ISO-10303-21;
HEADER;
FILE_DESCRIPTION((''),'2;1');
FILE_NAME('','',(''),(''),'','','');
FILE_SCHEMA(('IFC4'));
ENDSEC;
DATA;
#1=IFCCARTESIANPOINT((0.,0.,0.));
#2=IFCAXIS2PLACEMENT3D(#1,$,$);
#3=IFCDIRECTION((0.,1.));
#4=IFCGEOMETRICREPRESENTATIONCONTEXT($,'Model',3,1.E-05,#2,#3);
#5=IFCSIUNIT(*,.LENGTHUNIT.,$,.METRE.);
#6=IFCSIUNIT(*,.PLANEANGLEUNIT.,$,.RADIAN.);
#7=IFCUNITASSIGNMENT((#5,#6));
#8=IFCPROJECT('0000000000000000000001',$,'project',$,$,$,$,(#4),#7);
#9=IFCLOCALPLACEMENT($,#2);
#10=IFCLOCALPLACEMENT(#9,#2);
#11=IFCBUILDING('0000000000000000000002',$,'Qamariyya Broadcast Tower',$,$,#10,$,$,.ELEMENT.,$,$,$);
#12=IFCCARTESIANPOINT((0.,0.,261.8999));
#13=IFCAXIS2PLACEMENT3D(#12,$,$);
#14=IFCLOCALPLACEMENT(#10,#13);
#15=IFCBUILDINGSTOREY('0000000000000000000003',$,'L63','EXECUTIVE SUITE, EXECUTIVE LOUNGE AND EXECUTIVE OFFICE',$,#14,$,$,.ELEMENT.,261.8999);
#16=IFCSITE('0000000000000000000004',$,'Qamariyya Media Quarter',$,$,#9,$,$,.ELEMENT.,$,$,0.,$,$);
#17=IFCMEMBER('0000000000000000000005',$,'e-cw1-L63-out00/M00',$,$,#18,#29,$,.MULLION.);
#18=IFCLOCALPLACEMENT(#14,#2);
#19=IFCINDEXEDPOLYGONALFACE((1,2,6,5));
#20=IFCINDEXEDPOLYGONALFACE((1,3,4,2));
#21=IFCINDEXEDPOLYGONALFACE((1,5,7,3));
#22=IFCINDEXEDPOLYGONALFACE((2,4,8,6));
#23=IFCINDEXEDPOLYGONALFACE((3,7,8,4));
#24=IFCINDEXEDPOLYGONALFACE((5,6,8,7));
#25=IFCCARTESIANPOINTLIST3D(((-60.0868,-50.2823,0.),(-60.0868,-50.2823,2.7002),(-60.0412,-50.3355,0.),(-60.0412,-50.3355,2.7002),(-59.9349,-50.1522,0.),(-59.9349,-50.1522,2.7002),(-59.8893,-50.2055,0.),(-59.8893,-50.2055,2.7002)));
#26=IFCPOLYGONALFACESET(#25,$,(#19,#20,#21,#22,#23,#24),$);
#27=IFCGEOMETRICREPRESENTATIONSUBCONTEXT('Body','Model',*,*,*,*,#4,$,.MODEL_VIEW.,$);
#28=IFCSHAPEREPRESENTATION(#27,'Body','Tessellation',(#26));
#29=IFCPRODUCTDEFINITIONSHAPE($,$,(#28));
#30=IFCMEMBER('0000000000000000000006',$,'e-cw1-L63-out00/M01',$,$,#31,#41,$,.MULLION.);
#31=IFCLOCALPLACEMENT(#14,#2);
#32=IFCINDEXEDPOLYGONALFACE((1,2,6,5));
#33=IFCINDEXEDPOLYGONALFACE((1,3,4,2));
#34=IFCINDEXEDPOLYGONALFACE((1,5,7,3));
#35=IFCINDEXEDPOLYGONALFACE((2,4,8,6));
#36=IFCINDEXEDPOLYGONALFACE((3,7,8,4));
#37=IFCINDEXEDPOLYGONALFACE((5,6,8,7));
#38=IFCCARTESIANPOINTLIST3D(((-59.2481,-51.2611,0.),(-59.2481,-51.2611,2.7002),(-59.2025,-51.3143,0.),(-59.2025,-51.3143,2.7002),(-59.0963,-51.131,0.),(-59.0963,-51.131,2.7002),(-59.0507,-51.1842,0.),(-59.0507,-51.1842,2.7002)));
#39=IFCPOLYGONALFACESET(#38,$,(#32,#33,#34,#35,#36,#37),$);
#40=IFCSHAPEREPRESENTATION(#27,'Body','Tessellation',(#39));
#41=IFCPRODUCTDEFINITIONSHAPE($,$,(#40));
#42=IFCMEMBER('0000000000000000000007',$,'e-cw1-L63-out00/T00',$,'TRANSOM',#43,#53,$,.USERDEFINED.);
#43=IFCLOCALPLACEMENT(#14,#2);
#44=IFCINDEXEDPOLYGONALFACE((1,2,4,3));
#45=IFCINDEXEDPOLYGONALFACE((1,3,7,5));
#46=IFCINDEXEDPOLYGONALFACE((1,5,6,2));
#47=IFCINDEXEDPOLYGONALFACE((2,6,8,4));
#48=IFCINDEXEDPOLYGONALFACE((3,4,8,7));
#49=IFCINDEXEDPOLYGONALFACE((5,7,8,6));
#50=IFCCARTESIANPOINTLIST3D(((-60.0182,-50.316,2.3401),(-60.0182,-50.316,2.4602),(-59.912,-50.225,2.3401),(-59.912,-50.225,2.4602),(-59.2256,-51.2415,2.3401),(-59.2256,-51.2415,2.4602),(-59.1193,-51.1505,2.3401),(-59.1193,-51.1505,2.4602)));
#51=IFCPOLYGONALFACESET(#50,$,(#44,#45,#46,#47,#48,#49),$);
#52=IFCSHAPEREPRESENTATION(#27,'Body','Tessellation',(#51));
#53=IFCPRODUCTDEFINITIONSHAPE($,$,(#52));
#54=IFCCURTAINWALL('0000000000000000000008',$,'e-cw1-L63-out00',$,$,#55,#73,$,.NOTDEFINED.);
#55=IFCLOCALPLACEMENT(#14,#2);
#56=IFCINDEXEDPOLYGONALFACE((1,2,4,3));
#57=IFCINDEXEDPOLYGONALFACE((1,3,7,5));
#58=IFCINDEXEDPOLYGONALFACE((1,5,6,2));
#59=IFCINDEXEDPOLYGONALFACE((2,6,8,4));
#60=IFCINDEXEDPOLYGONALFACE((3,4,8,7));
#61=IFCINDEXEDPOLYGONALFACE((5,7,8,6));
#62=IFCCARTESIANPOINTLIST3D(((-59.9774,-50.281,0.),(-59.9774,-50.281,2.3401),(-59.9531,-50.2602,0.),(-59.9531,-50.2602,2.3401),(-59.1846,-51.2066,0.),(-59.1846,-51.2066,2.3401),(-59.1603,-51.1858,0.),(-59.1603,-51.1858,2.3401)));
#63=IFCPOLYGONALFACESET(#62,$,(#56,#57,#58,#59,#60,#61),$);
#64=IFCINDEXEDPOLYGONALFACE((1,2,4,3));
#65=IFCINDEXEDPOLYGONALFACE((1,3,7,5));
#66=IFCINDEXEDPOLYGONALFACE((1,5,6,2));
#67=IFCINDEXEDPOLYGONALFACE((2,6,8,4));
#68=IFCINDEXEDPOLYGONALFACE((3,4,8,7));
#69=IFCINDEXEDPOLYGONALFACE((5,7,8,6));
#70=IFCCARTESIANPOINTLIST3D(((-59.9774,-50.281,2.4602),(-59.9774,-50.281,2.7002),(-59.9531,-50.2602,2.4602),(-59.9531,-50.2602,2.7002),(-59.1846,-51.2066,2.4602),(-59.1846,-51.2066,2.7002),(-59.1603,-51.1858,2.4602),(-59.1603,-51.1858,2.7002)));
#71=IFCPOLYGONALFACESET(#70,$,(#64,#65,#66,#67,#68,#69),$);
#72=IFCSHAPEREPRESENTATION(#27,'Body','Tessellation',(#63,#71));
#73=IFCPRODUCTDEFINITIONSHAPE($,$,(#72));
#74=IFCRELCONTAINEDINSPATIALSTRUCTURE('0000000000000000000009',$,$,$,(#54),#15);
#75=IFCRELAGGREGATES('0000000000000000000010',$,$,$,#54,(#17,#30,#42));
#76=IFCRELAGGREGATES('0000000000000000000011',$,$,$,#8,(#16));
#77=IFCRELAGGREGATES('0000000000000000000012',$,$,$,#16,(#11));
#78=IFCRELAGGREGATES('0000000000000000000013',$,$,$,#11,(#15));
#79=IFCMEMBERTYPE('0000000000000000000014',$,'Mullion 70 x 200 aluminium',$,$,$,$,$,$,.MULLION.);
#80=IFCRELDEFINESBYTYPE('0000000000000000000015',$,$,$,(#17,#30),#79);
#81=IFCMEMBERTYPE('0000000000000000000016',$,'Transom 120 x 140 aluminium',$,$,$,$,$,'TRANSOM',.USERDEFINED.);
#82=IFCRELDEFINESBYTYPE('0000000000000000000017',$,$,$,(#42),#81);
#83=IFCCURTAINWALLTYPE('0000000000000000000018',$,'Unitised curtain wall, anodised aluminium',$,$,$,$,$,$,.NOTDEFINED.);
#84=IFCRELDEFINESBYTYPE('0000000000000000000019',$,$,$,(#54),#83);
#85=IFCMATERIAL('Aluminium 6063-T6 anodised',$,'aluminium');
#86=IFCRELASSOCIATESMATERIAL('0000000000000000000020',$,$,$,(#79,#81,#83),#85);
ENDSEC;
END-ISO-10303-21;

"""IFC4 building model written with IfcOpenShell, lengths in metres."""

from ifc_helpers import new_model, si_unit, direction, frame, origin, origin_2d, place, context, subcontext, project, spatial, rectangle, extrude, material, material_profile, profile_set, type_object, element, aggregate, save


model = new_model("IFC4")

# Units and contexts
model_context = context("Model", 3, precision=1e-05, world=origin(), true_north=direction((0.0, 1.0)))
body_context = subcontext(model_context, "Body", "Model", "MODEL_VIEW")
ifc_project = project(units=[si_unit("LENGTHUNIT", "METRE"), si_unit("PLANEANGLEUNIT", "RADIAN")], contexts=[model_context])

# Members
ifc_material = material(Name="Aluminium 6063-T6 anodised", Category="aluminium")
ifc_material_profile_1 = material_profile(ifc_material, rectangle(XDim=0.2, YDim=0.0701, at=origin_2d()))
ifc_profile_set_1 = profile_set([ifc_material_profile_1], Name="Aluminium 6063-T6 anodised")
member_type_1 = type_object("IfcMemberType", Name="Mullion 70 x 200 aluminium", PredefinedType="MULLION", material=ifc_profile_set_1)
site_placement = place(None, origin())
building_placement = place(site_placement, origin())
storey_placement = place(building_placement, frame((0.0, 0.0, 261.8999)))
member_1_placement = place(storey_placement, frame((-59.988, -50.2439, 0.0), z_axis=(0.0, 0.0, 1.0), x_axis=(0.759421, 0.650599, 0.0)))
member_1 = element("IfcMember", 1, at=member_1_placement, type_object=member_type_1, Name="e-cw1-L63-out00/M00", PredefinedType="MULLION", context=body_context, shape_type="SweptSolid", body=[
    extrude(rectangle(XDim=0.2, YDim=0.0701, at=origin_2d()), origin(), (0.0, 0.0, 1.0), 2.7002),
])
member_2_placement = place(storey_placement, frame((-59.1494, -51.2227, 0.0), z_axis=(0.0, 0.0, 1.0), x_axis=(0.759421, 0.650599, 0.0)))
member_2 = element("IfcMember", 2, at=member_2_placement, type_object=member_type_1, Name="e-cw1-L63-out00/M01", PredefinedType="MULLION", context=body_context, shape_type="SweptSolid", body=[
    extrude(rectangle(XDim=0.2, YDim=0.0701, at=origin_2d()), origin(), (0.0, 0.0, 1.0), 2.7002),
])
ifc_material_profile_2 = material_profile(ifc_material, rectangle(XDim=0.1399, YDim=0.1201, at=origin_2d()))
ifc_profile_set_2 = profile_set([ifc_material_profile_2], Name="Aluminium 6063-T6 anodised")
member_type_2 = type_object("IfcMemberType", Name="Transom 120 x 140 aluminium", ElementType="TRANSOM", PredefinedType="USERDEFINED", material=ifc_profile_set_2)
member_3_placement = place(storey_placement, frame((-59.9651, -50.2705, 2.4001), z_axis=(0.650511, -0.759497, 0.0), x_axis=(0.759497, 0.650511, 0.0)))
member_3 = element("IfcMember", 3, at=member_3_placement, type_object=member_type_2, Name="e-cw1-L63-out00/T00", ObjectType="TRANSOM", PredefinedType="USERDEFINED", context=body_context, shape_type="SweptSolid", body=[
    extrude(rectangle(XDim=0.1399, YDim=0.1201, at=origin_2d()), origin(), (0.0, 0.0, 1.0), 1.2185),
])

# Site, building, storey
site = spatial("IfcSite", under=ifc_project, at=site_placement, Name="Qamariyya Media Quarter", CompositionType="ELEMENT", RefElevation=0.0)
building = spatial("IfcBuilding", under=site, at=building_placement, Name="Qamariyya Broadcast Tower", CompositionType="ELEMENT")
storey = spatial("IfcBuildingStorey", under=building, at=storey_placement, Name="L63", Description="EXECUTIVE SUITE, EXECUTIVE LOUNGE AND EXECUTIVE OFFICE", CompositionType="ELEMENT", Elevation=261.8999)

# Curtain wall
curtain_wall_type = type_object("IfcCurtainWallType", Name="Unitised curtain wall, anodised aluminium", PredefinedType="NOTDEFINED", material=ifc_material)
curtain_wall_1_placement = place(storey_placement, origin())
curtain_wall_1 = element("IfcCurtainWall", 4, at=curtain_wall_1_placement, inside=storey, type_object=curtain_wall_type, Name="e-cw1-L63-out00", PredefinedType="NOTDEFINED", context=body_context, shape_type="SweptSolid", body=[
    extrude(rectangle(XDim=1.2188, YDim=0.032, at=origin_2d()), frame((-59.5688, -50.7334, 0.0), x_axis=(0.650569, -0.759447, 0.0)), (0.0, 0.0, 1.0), 2.3401),
    extrude(rectangle(XDim=1.2188, YDim=0.032, at=origin_2d()), frame((-59.5688, -50.7334, 2.4602), x_axis=(0.650569, -0.759447, 0.0)), (0.0, 0.0, 1.0), 0.24),
])
aggregate(curtain_wall_1, [member_1, member_2, member_3])

save(model, "model.ifc")
